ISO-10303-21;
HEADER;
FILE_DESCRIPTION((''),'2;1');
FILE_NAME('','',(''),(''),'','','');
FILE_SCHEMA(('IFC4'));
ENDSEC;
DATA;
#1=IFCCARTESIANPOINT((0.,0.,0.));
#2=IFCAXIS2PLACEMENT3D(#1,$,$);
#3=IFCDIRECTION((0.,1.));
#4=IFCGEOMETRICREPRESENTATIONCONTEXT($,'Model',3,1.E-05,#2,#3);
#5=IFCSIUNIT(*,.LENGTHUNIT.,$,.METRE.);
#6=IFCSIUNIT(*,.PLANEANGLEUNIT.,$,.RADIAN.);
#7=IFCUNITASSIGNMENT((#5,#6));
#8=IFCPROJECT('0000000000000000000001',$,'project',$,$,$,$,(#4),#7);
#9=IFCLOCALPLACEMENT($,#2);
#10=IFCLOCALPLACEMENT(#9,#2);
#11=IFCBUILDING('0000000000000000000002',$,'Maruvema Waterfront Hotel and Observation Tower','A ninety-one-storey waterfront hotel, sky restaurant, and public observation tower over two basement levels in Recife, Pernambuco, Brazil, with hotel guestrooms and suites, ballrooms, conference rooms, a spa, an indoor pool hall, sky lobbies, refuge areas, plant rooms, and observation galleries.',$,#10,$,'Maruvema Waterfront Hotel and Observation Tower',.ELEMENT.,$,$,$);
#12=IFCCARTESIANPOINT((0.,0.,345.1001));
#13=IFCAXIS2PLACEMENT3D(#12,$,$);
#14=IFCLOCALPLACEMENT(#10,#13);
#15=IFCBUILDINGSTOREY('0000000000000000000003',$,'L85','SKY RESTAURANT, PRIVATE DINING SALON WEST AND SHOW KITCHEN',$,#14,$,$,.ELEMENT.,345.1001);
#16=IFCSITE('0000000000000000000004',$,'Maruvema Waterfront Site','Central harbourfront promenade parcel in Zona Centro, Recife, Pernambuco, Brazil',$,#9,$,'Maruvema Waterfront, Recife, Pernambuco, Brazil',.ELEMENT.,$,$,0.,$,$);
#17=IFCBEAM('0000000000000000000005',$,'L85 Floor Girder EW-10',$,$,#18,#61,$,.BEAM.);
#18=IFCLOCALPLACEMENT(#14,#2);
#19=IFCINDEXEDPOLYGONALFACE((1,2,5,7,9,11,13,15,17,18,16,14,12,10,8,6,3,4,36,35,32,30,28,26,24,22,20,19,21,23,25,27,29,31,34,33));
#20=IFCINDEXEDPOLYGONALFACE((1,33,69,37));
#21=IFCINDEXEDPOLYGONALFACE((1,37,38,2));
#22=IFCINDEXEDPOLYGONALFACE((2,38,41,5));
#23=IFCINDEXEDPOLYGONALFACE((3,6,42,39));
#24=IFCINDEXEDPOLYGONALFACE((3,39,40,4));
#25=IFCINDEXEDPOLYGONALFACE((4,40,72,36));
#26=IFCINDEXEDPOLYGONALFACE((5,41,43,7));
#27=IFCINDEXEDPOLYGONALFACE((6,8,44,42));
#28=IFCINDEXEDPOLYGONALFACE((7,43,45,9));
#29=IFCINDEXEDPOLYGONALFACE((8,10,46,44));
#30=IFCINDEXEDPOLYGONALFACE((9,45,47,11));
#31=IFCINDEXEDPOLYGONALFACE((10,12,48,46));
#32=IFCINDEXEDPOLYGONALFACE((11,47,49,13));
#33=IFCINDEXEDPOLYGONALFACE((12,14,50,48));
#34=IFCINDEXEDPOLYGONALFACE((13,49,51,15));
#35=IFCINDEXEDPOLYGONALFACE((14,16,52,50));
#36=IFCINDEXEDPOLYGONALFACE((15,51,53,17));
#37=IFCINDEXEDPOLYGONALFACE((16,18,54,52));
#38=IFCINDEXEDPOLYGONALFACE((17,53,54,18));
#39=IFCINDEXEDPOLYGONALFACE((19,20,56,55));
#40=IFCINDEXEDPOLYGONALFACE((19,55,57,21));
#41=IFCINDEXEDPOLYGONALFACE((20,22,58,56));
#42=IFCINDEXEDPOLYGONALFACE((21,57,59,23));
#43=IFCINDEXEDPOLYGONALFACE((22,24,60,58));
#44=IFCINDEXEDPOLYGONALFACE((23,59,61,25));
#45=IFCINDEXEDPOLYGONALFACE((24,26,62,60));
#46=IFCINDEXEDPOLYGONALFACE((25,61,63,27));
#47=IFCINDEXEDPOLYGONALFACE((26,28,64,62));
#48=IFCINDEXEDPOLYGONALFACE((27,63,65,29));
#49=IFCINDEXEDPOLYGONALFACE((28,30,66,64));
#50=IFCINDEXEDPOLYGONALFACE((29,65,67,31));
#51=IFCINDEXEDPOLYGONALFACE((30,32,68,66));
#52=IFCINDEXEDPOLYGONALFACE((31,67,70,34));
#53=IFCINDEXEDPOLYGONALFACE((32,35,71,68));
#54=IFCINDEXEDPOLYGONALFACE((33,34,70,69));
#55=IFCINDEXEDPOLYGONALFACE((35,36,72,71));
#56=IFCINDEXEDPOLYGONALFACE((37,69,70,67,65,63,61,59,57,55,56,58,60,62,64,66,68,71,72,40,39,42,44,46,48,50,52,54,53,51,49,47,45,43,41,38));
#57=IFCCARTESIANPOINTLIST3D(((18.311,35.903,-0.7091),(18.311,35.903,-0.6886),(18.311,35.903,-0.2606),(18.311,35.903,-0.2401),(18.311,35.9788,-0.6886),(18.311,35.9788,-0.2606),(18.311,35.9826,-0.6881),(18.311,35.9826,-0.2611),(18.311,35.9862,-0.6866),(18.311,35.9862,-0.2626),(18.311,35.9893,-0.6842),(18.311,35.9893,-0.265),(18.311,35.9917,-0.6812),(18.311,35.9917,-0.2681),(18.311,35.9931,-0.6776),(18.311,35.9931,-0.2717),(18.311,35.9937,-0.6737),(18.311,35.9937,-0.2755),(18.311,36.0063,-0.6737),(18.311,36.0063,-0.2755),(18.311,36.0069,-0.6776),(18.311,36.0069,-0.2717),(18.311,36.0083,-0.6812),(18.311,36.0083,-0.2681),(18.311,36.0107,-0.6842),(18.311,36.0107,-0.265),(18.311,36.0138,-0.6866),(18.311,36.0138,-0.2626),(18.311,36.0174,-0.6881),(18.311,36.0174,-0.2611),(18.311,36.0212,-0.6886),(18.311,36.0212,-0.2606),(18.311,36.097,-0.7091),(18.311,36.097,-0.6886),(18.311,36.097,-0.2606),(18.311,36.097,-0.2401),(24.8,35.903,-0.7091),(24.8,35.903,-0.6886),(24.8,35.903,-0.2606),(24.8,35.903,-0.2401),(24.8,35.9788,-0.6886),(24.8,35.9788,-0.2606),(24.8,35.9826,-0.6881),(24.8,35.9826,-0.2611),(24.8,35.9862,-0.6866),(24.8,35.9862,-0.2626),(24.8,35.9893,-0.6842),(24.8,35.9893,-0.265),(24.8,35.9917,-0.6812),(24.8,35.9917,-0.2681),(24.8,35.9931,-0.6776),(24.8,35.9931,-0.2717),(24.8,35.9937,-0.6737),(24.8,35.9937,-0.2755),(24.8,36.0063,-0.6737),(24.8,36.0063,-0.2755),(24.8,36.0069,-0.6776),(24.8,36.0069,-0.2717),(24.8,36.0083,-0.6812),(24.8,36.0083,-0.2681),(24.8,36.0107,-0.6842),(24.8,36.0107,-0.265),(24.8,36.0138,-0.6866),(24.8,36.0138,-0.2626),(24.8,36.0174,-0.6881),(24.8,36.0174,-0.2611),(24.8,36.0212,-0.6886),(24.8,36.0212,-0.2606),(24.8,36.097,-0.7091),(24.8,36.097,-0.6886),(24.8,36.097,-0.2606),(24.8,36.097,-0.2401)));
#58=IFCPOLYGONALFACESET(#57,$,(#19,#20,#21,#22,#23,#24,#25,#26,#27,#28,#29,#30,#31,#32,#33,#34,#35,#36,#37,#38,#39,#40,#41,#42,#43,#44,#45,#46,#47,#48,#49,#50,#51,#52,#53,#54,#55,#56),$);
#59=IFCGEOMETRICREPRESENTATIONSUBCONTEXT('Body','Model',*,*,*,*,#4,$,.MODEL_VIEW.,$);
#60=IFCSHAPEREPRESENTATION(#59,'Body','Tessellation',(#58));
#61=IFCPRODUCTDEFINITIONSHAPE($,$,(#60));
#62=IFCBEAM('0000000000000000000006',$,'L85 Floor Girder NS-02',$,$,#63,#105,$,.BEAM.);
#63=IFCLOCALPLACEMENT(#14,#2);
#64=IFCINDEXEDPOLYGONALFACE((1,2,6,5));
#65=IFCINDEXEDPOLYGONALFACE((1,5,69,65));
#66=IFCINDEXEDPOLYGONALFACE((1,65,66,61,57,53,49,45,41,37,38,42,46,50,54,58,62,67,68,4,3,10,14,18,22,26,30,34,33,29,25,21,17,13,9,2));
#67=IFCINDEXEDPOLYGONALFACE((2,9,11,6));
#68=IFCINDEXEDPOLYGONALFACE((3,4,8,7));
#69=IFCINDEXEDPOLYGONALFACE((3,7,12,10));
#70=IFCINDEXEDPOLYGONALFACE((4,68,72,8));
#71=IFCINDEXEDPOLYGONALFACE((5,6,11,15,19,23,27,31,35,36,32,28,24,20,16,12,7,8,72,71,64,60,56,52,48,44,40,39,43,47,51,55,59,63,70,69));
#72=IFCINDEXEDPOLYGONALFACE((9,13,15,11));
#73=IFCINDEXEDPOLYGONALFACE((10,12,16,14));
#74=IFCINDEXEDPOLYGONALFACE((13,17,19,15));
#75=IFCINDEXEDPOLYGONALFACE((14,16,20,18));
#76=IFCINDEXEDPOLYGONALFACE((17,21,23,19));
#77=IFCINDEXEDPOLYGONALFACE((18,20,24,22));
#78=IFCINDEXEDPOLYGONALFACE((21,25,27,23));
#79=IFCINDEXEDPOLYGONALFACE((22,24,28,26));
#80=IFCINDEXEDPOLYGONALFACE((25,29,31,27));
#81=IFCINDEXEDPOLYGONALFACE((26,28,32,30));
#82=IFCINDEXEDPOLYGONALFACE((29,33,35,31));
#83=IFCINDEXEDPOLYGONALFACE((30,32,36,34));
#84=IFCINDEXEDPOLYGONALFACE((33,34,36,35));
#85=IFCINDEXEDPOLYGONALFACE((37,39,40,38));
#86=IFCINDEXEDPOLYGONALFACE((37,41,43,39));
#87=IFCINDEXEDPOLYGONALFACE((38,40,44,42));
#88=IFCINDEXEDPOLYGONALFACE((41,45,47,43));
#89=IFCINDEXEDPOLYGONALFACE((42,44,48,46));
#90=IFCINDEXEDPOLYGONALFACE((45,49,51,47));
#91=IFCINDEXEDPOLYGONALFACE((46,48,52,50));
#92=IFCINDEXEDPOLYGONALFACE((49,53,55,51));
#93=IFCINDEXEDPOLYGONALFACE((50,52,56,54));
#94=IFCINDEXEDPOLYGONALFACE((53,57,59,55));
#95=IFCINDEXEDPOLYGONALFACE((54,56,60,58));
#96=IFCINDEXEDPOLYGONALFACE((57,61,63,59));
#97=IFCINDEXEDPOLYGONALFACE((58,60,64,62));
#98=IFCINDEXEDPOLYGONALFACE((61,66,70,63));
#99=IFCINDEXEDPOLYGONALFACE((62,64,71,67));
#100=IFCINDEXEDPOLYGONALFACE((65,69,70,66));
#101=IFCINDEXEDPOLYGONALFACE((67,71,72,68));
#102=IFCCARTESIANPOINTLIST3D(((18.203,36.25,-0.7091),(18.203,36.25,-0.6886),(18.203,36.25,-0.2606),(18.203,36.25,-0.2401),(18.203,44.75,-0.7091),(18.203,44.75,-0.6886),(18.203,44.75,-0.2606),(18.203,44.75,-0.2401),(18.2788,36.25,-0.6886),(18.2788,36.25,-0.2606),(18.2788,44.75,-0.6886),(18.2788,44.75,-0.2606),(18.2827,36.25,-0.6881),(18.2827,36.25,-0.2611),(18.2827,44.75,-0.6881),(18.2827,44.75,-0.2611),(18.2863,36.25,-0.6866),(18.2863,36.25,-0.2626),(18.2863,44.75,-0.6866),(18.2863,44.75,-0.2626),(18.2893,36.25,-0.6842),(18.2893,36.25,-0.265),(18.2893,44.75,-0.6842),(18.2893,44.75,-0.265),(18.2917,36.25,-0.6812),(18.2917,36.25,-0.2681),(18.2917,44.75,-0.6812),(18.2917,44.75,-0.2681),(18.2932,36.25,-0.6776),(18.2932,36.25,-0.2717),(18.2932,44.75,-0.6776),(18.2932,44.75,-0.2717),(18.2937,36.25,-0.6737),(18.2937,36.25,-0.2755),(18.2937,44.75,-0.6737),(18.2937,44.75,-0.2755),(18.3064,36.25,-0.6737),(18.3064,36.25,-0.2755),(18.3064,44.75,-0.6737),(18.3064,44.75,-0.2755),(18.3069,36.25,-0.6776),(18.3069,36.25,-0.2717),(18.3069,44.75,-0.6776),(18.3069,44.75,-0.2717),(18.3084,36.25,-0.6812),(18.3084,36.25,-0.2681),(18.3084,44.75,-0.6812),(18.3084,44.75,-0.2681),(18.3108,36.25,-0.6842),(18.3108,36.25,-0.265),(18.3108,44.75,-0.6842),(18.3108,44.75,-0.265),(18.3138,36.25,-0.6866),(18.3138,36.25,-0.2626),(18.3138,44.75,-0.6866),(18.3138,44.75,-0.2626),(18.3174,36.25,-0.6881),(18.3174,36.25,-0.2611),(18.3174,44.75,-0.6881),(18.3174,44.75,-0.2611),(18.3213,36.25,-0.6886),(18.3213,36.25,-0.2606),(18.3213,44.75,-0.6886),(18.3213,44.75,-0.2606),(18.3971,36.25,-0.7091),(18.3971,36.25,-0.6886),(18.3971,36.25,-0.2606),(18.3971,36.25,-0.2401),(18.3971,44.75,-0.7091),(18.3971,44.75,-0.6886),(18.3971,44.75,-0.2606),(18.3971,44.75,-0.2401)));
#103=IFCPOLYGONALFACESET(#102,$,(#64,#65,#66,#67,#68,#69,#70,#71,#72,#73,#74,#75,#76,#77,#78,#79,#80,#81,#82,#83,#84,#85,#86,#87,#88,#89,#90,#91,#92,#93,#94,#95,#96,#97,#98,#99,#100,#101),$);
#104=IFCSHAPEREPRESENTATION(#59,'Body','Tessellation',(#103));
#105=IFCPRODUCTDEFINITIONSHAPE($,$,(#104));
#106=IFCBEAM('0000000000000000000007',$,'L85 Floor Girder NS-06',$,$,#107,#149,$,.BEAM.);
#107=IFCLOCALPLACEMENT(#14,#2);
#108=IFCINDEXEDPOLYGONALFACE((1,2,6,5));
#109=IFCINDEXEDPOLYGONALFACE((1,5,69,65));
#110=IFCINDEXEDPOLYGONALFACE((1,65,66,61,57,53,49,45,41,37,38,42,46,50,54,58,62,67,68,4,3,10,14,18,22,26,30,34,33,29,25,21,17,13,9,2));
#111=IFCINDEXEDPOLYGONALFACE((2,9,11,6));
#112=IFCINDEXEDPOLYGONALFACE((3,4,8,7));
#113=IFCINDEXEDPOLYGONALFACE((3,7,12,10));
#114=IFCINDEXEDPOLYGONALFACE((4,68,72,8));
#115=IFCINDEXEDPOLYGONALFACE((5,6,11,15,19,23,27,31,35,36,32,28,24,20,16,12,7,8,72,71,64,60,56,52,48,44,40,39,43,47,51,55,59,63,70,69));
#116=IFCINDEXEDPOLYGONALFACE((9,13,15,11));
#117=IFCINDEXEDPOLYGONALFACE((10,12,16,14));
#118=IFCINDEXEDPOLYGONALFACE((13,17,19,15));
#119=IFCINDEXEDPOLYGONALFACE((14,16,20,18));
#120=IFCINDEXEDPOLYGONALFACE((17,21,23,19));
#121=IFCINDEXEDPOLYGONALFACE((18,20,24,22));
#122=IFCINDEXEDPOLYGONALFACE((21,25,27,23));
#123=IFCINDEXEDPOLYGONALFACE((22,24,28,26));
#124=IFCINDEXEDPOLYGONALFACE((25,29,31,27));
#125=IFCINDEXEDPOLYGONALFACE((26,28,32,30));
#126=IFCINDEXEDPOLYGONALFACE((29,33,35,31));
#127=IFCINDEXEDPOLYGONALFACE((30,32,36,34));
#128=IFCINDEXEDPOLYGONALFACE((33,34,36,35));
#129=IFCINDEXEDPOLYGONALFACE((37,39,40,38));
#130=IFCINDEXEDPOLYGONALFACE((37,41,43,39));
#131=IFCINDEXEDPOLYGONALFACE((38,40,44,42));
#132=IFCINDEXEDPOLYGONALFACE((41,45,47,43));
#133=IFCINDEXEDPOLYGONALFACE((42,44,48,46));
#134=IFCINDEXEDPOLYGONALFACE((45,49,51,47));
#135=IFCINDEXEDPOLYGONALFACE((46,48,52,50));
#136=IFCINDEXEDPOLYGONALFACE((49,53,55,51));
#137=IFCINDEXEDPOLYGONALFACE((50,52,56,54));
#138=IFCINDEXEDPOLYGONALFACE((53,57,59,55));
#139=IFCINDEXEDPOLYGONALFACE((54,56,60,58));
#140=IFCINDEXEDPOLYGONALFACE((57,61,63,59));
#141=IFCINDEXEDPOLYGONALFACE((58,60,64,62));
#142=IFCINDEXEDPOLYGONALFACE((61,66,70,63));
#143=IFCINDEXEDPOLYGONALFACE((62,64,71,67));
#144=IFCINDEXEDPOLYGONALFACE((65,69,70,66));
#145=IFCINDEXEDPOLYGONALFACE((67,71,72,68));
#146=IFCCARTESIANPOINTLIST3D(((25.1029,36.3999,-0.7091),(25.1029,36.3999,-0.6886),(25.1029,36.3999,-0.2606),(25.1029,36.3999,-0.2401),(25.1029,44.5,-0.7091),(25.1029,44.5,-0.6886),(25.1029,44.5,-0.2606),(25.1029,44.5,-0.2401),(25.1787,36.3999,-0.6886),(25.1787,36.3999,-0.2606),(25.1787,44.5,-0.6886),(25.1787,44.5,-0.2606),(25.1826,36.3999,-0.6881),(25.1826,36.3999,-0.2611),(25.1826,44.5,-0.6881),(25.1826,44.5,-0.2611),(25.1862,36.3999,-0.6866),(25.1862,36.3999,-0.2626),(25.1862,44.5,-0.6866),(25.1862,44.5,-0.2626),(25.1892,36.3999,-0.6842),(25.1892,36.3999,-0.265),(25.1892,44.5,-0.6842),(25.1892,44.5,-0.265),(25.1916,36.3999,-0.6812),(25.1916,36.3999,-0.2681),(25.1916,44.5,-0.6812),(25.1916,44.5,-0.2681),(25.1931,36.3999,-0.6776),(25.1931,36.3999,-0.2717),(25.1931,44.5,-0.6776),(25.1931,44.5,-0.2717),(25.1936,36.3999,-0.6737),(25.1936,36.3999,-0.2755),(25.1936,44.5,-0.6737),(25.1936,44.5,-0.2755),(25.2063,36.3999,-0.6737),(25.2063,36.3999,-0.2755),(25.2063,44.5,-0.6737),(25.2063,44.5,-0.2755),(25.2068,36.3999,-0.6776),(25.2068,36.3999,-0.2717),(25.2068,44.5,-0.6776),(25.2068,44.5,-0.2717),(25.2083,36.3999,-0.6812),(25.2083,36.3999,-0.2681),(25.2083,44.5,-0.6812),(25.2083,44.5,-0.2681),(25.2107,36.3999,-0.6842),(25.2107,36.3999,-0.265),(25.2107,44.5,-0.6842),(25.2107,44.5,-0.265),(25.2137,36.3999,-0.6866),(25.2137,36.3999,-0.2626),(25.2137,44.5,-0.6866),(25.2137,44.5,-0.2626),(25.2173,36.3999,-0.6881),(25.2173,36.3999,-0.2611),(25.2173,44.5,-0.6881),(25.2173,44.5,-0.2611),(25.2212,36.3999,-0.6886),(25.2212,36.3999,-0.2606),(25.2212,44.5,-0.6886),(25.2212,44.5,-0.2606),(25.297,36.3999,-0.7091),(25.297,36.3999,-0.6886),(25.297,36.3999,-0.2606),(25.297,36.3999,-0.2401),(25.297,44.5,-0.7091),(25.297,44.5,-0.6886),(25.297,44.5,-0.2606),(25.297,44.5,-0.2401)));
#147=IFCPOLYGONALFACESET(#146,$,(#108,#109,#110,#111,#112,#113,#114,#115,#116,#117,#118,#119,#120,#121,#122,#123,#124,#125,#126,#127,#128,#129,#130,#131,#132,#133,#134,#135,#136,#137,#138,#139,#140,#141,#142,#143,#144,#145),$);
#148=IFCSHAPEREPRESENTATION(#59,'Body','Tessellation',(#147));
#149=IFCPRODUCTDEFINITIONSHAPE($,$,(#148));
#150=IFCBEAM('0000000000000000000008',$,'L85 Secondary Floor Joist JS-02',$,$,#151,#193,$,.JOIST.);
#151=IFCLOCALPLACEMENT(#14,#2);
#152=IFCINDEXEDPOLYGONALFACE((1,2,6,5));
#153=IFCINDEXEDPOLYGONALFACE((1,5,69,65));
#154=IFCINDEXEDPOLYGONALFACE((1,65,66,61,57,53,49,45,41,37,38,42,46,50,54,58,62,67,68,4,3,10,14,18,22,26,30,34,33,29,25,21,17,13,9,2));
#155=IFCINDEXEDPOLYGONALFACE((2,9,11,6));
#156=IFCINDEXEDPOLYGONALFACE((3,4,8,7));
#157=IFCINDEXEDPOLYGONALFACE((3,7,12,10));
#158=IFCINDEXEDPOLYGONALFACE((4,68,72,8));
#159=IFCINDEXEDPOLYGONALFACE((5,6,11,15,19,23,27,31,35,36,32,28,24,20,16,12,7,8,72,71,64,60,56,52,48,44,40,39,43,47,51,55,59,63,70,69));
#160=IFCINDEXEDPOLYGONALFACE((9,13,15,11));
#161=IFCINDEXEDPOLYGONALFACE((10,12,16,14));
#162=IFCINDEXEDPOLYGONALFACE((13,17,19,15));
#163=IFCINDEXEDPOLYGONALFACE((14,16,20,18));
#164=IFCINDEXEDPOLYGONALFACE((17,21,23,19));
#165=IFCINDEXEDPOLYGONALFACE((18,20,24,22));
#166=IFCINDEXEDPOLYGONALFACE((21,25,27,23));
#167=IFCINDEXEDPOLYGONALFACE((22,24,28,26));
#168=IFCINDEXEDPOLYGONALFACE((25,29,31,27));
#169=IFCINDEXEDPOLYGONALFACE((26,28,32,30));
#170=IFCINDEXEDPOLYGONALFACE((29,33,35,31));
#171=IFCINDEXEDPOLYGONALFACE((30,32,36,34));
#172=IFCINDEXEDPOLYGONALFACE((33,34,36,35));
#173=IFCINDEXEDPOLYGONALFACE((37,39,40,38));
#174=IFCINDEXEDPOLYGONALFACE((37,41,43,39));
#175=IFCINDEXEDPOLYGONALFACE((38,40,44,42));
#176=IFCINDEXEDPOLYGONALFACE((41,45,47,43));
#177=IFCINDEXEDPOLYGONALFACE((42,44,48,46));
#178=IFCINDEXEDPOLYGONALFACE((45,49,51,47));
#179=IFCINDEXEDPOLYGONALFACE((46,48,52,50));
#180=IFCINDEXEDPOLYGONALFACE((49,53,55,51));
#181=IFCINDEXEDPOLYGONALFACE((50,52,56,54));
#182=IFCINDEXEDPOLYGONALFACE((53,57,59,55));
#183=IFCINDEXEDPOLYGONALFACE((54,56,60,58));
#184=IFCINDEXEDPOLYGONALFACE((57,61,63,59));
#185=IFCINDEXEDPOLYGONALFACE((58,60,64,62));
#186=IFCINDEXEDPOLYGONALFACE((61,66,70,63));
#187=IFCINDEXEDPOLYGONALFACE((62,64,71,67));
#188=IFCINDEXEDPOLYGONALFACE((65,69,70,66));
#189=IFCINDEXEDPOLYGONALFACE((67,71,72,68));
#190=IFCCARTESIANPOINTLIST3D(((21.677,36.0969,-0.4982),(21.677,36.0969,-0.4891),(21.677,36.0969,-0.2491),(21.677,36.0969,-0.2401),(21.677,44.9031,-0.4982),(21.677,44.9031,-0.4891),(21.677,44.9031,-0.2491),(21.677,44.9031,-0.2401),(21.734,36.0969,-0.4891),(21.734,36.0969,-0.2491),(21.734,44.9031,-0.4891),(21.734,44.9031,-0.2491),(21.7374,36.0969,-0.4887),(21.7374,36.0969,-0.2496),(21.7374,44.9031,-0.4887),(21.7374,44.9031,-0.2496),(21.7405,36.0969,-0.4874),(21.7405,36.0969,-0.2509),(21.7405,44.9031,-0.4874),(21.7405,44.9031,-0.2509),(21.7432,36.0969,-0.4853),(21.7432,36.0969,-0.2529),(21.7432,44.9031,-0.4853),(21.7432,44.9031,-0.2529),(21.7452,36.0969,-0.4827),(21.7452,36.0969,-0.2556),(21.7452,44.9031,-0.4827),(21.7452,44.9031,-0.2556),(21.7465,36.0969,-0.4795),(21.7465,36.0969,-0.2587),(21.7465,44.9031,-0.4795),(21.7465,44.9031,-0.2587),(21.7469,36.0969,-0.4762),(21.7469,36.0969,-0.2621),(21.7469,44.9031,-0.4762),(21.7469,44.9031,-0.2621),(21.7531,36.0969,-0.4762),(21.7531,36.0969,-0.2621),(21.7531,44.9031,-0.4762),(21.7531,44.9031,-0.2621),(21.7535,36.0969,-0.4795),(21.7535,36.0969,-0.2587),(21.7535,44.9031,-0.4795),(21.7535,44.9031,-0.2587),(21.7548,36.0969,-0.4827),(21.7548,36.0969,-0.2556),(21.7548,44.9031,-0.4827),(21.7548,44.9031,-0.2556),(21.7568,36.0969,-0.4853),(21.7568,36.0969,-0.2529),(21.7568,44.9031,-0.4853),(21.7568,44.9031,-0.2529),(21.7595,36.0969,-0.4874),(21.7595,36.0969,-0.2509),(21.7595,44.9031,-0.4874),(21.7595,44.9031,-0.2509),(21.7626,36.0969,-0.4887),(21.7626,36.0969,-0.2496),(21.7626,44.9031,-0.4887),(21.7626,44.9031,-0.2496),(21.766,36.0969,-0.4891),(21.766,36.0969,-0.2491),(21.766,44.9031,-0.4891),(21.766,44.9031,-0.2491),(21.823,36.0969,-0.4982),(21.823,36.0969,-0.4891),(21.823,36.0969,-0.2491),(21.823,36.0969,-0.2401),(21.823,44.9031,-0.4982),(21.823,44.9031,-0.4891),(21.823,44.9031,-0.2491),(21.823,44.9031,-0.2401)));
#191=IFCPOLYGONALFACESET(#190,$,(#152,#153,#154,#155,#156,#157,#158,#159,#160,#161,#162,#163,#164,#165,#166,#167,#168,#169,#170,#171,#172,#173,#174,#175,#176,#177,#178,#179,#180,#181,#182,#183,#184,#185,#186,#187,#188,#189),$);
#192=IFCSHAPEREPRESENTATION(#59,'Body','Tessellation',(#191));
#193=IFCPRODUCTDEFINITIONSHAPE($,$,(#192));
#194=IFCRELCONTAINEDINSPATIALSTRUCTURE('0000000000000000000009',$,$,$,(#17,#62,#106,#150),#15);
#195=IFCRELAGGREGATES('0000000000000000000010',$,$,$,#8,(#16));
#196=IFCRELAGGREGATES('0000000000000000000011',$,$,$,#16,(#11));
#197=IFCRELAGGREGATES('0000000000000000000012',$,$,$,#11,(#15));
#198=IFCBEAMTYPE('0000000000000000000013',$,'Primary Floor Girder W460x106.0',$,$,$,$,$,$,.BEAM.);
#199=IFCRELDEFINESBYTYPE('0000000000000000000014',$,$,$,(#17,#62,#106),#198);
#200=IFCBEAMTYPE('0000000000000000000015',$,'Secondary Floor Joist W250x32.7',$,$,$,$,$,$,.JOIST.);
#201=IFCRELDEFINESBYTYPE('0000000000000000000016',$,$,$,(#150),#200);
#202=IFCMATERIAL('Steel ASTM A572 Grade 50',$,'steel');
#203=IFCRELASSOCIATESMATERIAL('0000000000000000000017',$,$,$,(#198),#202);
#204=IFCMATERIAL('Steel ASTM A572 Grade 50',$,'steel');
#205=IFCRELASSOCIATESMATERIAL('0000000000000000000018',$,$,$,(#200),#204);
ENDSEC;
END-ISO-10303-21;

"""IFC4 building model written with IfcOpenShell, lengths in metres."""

from ifc_helpers import new_model, si_unit, direction, frame, origin, origin_2d, place, context, subcontext, project, spatial, i_section, extrude, material, material_profile, profile_set, type_object, element, save


model = new_model("IFC4")

# Units and contexts
model_context = context("Model", 3, precision=1e-05, world=origin(), true_north=direction((0.0, 1.0)))
body_context = subcontext(model_context, "Body", "Model", "MODEL_VIEW")
ifc_project = project(units=[si_unit("LENGTHUNIT", "METRE"), si_unit("PLANEANGLEUNIT", "RADIAN")], contexts=[model_context])

# Site, building, storey
site_placement = place(None, origin())
site = spatial("IfcSite", under=ifc_project, at=site_placement, Name="Maruvema Waterfront Site", Description="Central harbourfront promenade parcel in Zona Centro, Recife, Pernambuco, Brazil", LongName="Maruvema Waterfront, Recife, Pernambuco, Brazil", CompositionType="ELEMENT", RefElevation=0.0)
building_placement = place(site_placement, origin())
building = spatial("IfcBuilding", under=site, at=building_placement, Name="Maruvema Waterfront Hotel and Observation Tower", Description="A ninety-one-storey waterfront hotel, sky restaurant, and public observation tower over two basement levels in Recife, Pernambuco, Brazil, with hotel guestrooms and suites, ballrooms, conference rooms, a spa, an indoor pool hall, sky lobbies, refuge areas, plant rooms, and observation galleries.", LongName="Maruvema Waterfront Hotel and Observation Tower", CompositionType="ELEMENT")
storey_placement = place(building_placement, frame((0.0, 0.0, 345.1001)))
storey = spatial("IfcBuildingStorey", under=building, at=storey_placement, Name="L85", Description="SKY RESTAURANT, PRIVATE DINING SALON WEST AND SHOW KITCHEN", CompositionType="ELEMENT", Elevation=345.1001)

# Beams
ifc_material_1 = material(Name="Steel ASTM A572 Grade 50", Category="steel")
ifc_material_profile_1 = material_profile(ifc_material_1, i_section(OverallWidth=0.1941, OverallDepth=0.469, WebThickness=0.0127, FlangeThickness=0.0205, FilletRadius=0.0149, at=origin_2d()), Name="W460x106.0")
ifc_profile_set_1 = profile_set([ifc_material_profile_1], Name="Steel ASTM A572 Grade 50")
beam_type_1 = type_object("IfcBeamType", Name="Primary Floor Girder W460x106.0", PredefinedType="BEAM", material=ifc_profile_set_1)
beam_1_placement = place(storey_placement, frame((18.311, 36.0, -0.4746), z_axis=(1.0, 0.0, 0.0), x_axis=(0.0, 1.0, 0.0)))
element("IfcBeam", 1, at=beam_1_placement, inside=storey, type_object=beam_type_1, Name="L85 Floor Girder EW-10", PredefinedType="BEAM", context=body_context, shape_type="SweptSolid", body=[
    extrude(i_section(OverallWidth=0.1941, OverallDepth=0.469, WebThickness=0.0127, FlangeThickness=0.0205, FilletRadius=0.0149, at=origin_2d()), origin(), (0.0, 0.0, 1.0), 6.489),
])
beam_2_placement = place(storey_placement, frame((18.3, 36.25, -0.4746), z_axis=(0.0, 1.0, 0.0), x_axis=(-1.0, 0.0, 0.0)))
element("IfcBeam", 2, at=beam_2_placement, inside=storey, type_object=beam_type_1, Name="L85 Floor Girder NS-02", PredefinedType="BEAM", context=body_context, shape_type="SweptSolid", body=[
    extrude(i_section(OverallWidth=0.1941, OverallDepth=0.469, WebThickness=0.0127, FlangeThickness=0.0205, FilletRadius=0.0149, at=origin_2d()), origin(), (0.0, 0.0, 1.0), 8.5),
])
beam_3_placement = place(storey_placement, frame((25.2, 36.3999, -0.4746), z_axis=(0.0, 1.0, 0.0), x_axis=(-1.0, 0.0, 0.0)))
element("IfcBeam", 3, at=beam_3_placement, inside=storey, type_object=beam_type_1, Name="L85 Floor Girder NS-06", PredefinedType="BEAM", context=body_context, shape_type="SweptSolid", body=[
    extrude(i_section(OverallWidth=0.1941, OverallDepth=0.469, WebThickness=0.0127, FlangeThickness=0.0205, FilletRadius=0.0149, at=origin_2d()), origin(), (0.0, 0.0, 1.0), 8.1001),
])
ifc_material_2 = material(Name="Steel ASTM A572 Grade 50", Category="steel")
ifc_material_profile_2 = material_profile(ifc_material_2, i_section(OverallWidth=0.146, OverallDepth=0.2581, WebThickness=0.0061, FlangeThickness=0.009, FilletRadius=0.0129, at=origin_2d()), Name="W250x32.7")
ifc_profile_set_2 = profile_set([ifc_material_profile_2], Name="Steel ASTM A572 Grade 50")
beam_type_2 = type_object("IfcBeamType", Name="Secondary Floor Joist W250x32.7", PredefinedType="JOIST", material=ifc_profile_set_2)
beam_4_placement = place(storey_placement, frame((21.75, 36.0969, -0.3691), z_axis=(0.0, 1.0, 0.0), x_axis=(-1.0, 0.0, 0.0)))
element("IfcBeam", 4, at=beam_4_placement, inside=storey, type_object=beam_type_2, Name="L85 Secondary Floor Joist JS-02", PredefinedType="JOIST", context=body_context, shape_type="SweptSolid", body=[
    extrude(i_section(OverallWidth=0.146, OverallDepth=0.2581, WebThickness=0.0061, FlangeThickness=0.009, FilletRadius=0.0129, at=origin_2d()), origin(), (0.0, 0.0, 1.0), 8.8062),
])

save(model, "model.ifc")
